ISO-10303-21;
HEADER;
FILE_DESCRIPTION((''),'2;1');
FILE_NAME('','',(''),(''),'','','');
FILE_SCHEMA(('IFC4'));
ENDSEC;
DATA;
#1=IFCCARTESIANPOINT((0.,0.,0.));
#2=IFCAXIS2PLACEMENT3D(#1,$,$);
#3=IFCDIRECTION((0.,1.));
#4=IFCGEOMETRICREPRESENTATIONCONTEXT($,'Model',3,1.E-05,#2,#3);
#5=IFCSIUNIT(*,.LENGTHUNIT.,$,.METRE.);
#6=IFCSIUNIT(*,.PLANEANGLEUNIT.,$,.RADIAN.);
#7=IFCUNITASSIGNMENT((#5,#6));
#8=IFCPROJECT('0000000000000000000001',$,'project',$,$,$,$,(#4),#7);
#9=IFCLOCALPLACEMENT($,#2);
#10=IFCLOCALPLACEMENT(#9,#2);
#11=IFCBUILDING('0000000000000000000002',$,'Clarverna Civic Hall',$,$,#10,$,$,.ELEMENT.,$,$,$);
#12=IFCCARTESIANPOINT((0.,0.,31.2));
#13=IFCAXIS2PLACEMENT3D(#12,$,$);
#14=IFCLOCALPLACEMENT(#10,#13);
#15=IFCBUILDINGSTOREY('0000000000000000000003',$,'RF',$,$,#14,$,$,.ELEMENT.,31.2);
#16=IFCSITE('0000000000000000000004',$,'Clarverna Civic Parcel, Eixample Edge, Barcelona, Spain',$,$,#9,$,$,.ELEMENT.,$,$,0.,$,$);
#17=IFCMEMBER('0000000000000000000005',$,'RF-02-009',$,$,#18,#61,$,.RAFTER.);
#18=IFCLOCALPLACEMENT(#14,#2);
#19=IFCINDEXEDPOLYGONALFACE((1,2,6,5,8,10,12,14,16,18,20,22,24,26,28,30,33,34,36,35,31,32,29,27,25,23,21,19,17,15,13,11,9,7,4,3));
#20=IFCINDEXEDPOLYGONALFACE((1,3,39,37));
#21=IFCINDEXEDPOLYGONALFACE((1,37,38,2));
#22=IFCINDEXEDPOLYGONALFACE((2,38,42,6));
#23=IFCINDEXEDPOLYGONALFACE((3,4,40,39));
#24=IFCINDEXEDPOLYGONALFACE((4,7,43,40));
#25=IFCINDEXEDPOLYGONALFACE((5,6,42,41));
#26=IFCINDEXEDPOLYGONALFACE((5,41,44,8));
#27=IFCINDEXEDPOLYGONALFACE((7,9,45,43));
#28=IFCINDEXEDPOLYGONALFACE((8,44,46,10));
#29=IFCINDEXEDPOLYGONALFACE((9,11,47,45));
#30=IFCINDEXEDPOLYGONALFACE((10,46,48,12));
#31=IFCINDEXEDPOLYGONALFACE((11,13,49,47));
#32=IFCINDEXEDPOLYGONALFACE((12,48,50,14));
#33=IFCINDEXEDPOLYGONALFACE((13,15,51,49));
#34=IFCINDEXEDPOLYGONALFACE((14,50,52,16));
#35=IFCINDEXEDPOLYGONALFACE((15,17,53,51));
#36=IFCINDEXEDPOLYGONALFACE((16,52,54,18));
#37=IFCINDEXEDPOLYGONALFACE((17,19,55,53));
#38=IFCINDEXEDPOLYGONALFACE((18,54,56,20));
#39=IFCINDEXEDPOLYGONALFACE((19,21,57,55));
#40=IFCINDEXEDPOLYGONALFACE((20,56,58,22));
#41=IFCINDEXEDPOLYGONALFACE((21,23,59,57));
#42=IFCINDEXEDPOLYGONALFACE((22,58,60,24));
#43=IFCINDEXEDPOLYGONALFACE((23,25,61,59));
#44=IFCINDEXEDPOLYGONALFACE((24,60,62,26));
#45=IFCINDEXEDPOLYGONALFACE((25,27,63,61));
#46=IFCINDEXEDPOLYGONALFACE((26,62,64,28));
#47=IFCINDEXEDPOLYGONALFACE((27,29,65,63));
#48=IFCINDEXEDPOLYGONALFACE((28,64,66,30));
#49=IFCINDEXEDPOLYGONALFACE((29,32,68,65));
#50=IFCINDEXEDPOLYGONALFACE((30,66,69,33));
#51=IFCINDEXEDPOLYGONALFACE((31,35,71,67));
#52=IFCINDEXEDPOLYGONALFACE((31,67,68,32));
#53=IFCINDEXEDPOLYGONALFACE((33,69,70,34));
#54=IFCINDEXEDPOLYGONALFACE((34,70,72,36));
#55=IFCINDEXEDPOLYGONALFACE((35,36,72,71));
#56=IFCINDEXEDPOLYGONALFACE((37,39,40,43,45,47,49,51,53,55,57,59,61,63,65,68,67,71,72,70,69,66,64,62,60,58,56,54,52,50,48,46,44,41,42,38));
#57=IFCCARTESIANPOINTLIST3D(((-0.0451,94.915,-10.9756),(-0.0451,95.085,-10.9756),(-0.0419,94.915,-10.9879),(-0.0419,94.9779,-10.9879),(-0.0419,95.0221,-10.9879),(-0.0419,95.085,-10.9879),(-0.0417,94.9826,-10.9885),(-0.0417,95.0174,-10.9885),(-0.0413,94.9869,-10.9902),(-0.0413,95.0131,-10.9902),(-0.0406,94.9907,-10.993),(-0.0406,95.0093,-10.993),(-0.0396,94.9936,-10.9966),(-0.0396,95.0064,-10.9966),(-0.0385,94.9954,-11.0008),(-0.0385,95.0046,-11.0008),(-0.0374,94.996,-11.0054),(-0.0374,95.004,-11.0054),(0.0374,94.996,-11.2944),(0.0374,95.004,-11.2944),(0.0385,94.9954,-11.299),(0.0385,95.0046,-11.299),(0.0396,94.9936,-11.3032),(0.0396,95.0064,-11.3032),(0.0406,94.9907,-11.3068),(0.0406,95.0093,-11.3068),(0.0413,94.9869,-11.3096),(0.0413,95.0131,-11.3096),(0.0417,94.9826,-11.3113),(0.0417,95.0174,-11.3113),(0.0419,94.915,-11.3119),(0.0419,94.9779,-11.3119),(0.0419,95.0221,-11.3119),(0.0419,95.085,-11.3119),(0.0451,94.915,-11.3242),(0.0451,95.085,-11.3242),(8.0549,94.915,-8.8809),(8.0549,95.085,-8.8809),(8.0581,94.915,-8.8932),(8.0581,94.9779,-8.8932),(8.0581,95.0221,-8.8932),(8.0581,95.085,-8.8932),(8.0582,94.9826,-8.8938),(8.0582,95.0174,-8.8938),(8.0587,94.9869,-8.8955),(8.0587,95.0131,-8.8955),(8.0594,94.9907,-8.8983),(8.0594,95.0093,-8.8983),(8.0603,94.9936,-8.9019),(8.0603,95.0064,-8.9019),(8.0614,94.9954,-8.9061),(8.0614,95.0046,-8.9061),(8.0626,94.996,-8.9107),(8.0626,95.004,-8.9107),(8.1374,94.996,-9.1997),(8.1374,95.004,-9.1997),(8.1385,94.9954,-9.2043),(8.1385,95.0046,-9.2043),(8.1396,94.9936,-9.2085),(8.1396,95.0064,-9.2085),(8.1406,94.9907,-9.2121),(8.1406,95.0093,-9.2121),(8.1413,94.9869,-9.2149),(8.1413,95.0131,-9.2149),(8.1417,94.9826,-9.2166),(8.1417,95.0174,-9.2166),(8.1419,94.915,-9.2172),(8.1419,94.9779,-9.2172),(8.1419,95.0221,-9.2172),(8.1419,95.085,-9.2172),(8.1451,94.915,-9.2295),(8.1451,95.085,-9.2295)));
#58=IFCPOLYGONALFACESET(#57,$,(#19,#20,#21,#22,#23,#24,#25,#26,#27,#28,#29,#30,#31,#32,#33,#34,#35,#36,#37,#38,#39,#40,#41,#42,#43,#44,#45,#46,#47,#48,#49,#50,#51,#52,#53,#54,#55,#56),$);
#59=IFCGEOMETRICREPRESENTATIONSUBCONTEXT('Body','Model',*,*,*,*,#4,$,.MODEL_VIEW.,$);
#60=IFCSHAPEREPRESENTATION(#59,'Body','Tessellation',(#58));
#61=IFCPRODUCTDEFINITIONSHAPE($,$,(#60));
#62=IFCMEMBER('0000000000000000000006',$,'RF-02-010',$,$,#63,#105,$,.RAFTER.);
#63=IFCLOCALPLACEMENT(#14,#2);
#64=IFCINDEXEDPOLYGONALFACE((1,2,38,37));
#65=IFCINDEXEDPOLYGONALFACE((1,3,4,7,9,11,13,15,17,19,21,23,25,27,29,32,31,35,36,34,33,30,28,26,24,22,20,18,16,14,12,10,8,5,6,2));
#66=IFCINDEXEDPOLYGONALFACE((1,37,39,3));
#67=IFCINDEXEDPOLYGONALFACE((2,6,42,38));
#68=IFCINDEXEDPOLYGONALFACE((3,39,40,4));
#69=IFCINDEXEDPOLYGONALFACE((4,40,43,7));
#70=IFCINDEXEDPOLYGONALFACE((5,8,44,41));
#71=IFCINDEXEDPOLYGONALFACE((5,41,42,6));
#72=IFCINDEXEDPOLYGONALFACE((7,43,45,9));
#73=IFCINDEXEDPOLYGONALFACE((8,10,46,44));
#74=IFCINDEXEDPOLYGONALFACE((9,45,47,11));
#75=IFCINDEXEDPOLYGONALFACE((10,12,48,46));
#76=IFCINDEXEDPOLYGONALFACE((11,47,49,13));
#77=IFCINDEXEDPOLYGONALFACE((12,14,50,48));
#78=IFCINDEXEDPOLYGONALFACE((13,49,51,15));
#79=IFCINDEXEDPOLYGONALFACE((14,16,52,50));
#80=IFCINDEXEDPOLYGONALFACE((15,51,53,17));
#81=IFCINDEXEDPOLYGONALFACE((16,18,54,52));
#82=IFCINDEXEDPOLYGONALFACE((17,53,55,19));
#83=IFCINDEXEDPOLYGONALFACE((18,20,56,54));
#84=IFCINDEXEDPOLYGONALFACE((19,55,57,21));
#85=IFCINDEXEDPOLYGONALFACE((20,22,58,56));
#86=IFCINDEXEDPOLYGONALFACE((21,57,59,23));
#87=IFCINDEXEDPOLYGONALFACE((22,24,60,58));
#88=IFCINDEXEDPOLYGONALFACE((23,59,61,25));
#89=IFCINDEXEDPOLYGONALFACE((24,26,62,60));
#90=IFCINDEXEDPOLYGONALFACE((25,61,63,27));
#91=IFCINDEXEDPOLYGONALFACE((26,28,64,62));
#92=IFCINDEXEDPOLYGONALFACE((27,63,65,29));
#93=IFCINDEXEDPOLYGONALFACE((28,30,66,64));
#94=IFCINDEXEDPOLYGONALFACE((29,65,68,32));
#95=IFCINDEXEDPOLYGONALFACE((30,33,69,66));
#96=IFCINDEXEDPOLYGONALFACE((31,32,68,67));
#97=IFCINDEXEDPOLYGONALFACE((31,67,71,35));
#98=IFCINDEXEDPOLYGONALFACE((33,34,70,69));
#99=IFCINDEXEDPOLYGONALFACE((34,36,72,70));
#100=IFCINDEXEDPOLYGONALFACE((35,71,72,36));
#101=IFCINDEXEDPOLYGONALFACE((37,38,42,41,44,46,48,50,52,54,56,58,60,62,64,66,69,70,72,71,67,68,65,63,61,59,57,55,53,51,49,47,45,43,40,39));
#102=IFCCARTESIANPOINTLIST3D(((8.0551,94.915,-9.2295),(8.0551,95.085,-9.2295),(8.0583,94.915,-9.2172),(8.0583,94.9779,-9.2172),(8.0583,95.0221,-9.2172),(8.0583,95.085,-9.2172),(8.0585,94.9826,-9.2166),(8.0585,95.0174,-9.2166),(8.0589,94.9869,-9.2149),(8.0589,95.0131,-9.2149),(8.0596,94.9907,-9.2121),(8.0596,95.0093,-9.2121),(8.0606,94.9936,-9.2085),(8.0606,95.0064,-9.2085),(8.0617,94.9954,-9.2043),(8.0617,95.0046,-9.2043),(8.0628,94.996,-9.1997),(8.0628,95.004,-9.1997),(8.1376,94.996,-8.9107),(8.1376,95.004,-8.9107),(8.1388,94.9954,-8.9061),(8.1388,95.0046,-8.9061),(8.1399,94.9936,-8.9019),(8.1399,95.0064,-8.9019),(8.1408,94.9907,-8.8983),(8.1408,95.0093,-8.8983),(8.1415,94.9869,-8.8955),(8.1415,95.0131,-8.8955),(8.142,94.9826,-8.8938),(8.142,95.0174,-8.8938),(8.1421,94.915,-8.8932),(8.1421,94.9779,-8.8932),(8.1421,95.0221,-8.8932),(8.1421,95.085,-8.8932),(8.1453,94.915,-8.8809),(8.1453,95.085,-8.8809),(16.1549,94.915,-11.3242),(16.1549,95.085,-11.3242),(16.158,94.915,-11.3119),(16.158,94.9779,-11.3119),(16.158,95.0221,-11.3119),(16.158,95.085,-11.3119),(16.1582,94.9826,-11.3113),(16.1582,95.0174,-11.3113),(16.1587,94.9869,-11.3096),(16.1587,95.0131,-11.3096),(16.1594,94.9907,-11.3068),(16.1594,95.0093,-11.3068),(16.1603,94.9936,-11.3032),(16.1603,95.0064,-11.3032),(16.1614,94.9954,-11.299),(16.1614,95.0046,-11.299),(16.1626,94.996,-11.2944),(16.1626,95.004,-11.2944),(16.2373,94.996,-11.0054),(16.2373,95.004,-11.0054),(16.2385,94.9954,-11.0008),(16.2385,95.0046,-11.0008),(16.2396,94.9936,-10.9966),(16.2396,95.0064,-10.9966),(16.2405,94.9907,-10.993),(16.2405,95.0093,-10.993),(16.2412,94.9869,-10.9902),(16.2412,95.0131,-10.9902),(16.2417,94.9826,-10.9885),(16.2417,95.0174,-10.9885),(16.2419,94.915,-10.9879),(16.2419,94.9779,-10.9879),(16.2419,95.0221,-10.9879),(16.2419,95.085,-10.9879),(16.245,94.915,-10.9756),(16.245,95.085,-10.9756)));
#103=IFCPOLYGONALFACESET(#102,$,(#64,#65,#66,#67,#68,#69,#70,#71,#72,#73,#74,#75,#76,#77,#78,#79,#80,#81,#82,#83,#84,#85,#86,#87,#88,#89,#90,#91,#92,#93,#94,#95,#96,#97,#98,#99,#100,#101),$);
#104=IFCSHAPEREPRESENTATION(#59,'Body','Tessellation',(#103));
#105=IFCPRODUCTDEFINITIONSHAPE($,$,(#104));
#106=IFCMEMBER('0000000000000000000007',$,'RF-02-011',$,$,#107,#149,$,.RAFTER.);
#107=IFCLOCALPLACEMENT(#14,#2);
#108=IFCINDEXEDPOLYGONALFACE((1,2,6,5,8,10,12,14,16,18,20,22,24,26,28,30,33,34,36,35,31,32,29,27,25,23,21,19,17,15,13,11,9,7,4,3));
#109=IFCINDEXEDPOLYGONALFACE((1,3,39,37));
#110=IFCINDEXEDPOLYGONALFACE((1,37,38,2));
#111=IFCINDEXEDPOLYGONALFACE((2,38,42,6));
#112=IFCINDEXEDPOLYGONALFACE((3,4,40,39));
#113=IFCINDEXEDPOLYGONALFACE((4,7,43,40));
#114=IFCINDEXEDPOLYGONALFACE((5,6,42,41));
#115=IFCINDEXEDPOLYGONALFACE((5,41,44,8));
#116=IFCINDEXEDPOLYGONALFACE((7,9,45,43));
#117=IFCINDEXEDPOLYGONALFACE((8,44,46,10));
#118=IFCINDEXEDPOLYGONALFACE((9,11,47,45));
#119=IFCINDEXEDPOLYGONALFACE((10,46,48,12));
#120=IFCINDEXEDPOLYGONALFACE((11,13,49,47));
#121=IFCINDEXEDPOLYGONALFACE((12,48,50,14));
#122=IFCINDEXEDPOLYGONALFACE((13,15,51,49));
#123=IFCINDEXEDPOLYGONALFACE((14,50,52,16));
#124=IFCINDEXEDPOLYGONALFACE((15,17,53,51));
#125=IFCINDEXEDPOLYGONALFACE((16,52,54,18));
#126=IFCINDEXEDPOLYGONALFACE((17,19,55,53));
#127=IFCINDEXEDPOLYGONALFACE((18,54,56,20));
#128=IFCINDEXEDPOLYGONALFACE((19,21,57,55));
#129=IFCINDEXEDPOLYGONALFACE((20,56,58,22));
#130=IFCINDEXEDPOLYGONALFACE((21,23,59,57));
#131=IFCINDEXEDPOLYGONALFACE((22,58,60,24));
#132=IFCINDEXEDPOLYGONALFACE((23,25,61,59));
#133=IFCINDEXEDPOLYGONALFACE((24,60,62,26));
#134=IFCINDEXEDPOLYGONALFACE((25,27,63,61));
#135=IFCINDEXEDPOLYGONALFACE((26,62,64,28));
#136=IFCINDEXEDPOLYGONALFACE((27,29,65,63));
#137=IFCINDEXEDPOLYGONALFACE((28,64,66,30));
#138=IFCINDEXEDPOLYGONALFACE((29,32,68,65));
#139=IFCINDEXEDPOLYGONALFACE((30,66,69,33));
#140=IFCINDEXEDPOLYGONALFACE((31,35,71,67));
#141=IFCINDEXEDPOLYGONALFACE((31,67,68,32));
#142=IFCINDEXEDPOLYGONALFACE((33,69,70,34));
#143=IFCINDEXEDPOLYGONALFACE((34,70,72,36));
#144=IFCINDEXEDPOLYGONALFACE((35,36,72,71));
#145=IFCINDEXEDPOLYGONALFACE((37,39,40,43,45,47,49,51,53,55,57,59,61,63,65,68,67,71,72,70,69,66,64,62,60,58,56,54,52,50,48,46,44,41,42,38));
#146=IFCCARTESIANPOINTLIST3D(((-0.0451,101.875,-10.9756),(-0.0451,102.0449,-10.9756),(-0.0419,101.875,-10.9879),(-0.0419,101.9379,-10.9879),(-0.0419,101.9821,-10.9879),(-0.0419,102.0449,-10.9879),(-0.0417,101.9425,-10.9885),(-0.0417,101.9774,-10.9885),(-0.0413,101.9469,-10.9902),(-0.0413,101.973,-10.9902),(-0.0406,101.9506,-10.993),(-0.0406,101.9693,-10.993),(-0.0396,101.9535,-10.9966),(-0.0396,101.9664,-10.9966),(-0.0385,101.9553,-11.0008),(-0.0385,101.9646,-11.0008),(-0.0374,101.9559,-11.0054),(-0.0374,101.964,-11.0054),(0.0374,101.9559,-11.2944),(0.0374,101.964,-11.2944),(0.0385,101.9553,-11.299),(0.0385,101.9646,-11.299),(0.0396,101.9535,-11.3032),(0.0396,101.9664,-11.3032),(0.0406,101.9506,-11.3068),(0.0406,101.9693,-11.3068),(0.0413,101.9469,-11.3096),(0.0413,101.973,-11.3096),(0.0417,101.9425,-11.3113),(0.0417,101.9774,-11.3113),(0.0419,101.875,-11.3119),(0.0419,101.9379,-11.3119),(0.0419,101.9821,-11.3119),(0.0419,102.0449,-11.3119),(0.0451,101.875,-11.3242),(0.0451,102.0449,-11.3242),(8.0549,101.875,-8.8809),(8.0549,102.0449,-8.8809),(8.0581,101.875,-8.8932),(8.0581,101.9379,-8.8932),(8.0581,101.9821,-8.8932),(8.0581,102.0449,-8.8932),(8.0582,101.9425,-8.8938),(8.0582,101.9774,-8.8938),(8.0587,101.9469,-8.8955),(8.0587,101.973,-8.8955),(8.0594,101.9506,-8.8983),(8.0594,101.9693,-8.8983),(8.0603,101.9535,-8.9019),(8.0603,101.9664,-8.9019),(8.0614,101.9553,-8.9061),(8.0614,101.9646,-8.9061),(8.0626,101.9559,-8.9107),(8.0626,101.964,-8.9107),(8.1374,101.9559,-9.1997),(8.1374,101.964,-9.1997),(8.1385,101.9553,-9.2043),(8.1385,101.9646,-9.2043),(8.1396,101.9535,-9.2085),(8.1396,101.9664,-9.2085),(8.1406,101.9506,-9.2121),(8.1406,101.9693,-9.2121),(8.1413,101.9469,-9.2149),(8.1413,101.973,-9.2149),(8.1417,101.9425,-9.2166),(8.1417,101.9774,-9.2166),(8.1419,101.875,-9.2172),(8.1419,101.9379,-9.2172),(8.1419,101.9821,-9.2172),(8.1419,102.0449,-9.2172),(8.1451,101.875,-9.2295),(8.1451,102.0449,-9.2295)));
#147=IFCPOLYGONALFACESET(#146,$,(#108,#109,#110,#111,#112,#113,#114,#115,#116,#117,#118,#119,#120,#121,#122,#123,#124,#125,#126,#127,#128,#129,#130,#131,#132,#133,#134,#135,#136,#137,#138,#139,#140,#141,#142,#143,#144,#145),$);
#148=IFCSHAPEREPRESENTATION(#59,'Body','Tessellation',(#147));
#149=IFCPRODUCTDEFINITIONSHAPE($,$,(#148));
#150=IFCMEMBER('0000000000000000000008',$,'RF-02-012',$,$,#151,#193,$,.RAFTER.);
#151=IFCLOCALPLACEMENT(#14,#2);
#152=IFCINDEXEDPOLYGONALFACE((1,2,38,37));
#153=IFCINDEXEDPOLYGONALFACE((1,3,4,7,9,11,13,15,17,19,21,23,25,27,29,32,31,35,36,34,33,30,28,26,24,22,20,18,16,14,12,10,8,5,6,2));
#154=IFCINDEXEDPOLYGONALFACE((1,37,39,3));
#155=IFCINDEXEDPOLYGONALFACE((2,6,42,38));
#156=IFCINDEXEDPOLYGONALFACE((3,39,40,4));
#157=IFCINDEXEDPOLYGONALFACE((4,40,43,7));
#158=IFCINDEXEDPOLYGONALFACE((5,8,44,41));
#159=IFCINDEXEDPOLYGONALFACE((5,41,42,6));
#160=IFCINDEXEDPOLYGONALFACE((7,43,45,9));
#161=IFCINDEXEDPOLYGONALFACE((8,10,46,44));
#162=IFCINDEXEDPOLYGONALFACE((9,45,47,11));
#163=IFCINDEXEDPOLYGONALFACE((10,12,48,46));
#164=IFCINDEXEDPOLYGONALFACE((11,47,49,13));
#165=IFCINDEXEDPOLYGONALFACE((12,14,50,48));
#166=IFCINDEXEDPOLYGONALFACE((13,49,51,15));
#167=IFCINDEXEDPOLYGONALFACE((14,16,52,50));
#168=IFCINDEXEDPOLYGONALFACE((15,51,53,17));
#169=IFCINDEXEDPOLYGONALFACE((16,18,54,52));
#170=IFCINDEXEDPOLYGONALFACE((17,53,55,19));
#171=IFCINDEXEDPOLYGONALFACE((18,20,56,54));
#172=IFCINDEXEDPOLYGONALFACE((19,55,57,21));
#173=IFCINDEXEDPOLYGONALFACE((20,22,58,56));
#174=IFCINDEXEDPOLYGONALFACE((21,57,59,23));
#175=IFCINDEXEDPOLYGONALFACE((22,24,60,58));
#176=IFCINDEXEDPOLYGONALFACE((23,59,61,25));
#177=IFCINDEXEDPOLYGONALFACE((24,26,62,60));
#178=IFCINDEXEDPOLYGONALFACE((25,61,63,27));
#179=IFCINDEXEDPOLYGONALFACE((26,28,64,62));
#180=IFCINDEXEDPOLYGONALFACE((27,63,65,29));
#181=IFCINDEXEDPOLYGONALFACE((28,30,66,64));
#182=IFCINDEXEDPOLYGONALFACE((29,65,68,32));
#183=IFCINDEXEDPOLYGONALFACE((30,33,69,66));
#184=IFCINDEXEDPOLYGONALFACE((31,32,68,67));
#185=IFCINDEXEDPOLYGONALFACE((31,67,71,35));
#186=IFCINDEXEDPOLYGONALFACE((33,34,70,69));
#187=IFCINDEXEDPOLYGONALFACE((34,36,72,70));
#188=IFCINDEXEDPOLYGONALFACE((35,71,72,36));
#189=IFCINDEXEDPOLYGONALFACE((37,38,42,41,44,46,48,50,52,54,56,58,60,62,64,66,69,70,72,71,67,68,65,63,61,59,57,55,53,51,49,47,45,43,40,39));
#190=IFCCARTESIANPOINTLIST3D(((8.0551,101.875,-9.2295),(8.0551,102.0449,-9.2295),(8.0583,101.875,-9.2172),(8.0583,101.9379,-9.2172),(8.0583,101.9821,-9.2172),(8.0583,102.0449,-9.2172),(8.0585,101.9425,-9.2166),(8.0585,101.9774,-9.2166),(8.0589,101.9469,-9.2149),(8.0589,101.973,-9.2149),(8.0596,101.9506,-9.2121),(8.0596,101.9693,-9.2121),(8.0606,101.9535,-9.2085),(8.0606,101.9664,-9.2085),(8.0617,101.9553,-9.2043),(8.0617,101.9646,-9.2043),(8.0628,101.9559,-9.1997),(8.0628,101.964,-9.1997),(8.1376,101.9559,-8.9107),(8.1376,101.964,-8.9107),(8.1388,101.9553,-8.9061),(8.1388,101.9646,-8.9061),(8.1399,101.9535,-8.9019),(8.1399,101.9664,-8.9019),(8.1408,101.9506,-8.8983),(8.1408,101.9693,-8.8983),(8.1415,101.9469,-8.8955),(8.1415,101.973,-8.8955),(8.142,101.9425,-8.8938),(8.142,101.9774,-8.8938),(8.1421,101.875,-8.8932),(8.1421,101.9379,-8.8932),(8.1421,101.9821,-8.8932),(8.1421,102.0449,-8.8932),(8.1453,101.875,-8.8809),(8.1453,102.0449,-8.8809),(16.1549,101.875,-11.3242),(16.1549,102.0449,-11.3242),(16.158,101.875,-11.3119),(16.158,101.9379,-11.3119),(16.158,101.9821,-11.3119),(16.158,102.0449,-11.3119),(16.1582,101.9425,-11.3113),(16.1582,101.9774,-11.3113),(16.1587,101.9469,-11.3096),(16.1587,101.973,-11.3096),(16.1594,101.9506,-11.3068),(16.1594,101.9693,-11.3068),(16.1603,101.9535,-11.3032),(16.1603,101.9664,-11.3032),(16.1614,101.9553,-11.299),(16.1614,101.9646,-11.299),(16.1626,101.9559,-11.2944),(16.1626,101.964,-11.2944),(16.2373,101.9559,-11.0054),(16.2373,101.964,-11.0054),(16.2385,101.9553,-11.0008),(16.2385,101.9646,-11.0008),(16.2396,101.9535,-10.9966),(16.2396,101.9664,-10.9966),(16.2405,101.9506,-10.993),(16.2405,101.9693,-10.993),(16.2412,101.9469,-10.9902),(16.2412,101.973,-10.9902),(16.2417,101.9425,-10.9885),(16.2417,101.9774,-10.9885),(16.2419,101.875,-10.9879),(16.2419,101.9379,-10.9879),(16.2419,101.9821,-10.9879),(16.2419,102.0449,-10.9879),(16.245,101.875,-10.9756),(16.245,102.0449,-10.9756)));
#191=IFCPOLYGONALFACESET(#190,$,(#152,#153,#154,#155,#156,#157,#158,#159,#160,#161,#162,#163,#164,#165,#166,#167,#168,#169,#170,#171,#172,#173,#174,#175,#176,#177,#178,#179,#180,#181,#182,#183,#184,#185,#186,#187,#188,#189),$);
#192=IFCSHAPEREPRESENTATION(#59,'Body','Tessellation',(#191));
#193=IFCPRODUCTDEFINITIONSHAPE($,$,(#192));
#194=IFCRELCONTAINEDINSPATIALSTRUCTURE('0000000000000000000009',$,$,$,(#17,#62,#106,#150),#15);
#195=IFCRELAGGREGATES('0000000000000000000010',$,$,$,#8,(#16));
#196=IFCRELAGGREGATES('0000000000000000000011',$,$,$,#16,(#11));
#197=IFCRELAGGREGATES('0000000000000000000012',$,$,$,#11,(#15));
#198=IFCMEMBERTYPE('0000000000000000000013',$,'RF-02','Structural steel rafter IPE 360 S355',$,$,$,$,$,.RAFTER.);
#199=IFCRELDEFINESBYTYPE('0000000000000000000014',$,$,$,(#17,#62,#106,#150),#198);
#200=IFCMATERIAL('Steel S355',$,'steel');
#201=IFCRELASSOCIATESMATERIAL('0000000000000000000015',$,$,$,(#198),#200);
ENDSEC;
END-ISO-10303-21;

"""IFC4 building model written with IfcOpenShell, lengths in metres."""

from ifc_helpers import new_model, si_unit, direction, frame, origin, origin_2d, place, context, subcontext, project, spatial, i_section, extrude, material, material_profile, profile_set, type_object, element, save


model = new_model("IFC4")

# Units and contexts
model_context = context("Model", 3, precision=1e-05, world=origin(), true_north=direction((0.0, 1.0)))
body_context = subcontext(model_context, "Body", "Model", "MODEL_VIEW")
ifc_project = project(units=[si_unit("LENGTHUNIT", "METRE"), si_unit("PLANEANGLEUNIT", "RADIAN")], contexts=[model_context])

# Site, building, storey
site_placement = place(None, origin())
site = spatial("IfcSite", under=ifc_project, at=site_placement, Name="Clarverna Civic Parcel, Eixample Edge, Barcelona, Spain", CompositionType="ELEMENT", RefElevation=0.0)
building_placement = place(site_placement, origin())
building = spatial("IfcBuilding", under=site, at=building_placement, Name="Clarverna Civic Hall", CompositionType="ELEMENT")
storey_placement = place(building_placement, frame((0.0, 0.0, 31.2)))
storey = spatial("IfcBuildingStorey", under=building, at=storey_placement, Name="RF", CompositionType="ELEMENT", Elevation=31.2)

# Members
ifc_material_1 = material(Name="Steel S355", Category="steel")
ifc_material_profile_1 = material_profile(ifc_material_1, i_section(OverallWidth=0.1699, OverallDepth=0.3601, WebThickness=0.0081, FlangeThickness=0.0127, FilletRadius=0.0181, at=origin_2d()), Name="IPE 360")
ifc_profile_set_1 = profile_set([ifc_material_profile_1], Name="Steel S355")
member_type_1 = type_object("IfcMemberType", Name="RF-02", Description="Structural steel rafter IPE 360 S355", PredefinedType="RAFTER", material=ifc_profile_set_1)
member_1_placement = place(storey_placement, frame((0.0, 95.0, -11.1499), z_axis=(0.968151, 0.0, 0.250369), x_axis=(0.0, 1.0, 0.0)))
element("IfcMember", 1, at=member_1_placement, inside=storey, type_object=member_type_1, Name="RF-02-009", PredefinedType="RAFTER", context=body_context, shape_type="SweptSolid", body=[
    extrude(i_section(OverallWidth=0.1699, OverallDepth=0.3601, WebThickness=0.0081, FlangeThickness=0.0127, FilletRadius=0.0181, at=origin_2d()), origin(), (0.0, 0.0, 1.0), 8.3665),
])
member_2_placement = place(storey_placement, frame((16.2, 95.0, -11.1499), z_axis=(-0.968149, 0.0, 0.250376), x_axis=(0.0, -1.0, 0.0)))
element("IfcMember", 2, at=member_2_placement, inside=storey, type_object=member_type_1, Name="RF-02-010", PredefinedType="RAFTER", context=body_context, shape_type="SweptSolid", body=[
    extrude(i_section(OverallWidth=0.1699, OverallDepth=0.3601, WebThickness=0.0081, FlangeThickness=0.0127, FilletRadius=0.0181, at=origin_2d()), origin(), (0.0, 0.0, 1.0), 8.3662),
])
member_3_placement = place(storey_placement, frame((0.0, 101.96, -11.1499), z_axis=(0.968151, 0.0, 0.250369), x_axis=(0.0, 1.0, 0.0)))
element("IfcMember", 3, at=member_3_placement, inside=storey, type_object=member_type_1, Name="RF-02-011", PredefinedType="RAFTER", context=body_context, shape_type="SweptSolid", body=[
    extrude(i_section(OverallWidth=0.1699, OverallDepth=0.3601, WebThickness=0.0081, FlangeThickness=0.0127, FilletRadius=0.0181, at=origin_2d()), origin(), (0.0, 0.0, 1.0), 8.3665),
])
member_4_placement = place(storey_placement, frame((16.2, 101.96, -11.1499), z_axis=(-0.968149, 0.0, 0.250376), x_axis=(0.0, -1.0, 0.0)))
element("IfcMember", 4, at=member_4_placement, inside=storey, type_object=member_type_1, Name="RF-02-012", PredefinedType="RAFTER", context=body_context, shape_type="SweptSolid", body=[
    extrude(i_section(OverallWidth=0.1699, OverallDepth=0.3601, WebThickness=0.0081, FlangeThickness=0.0127, FilletRadius=0.0181, at=origin_2d()), origin(), (0.0, 0.0, 1.0), 8.3662),
])

save(model, "model.ifc")
